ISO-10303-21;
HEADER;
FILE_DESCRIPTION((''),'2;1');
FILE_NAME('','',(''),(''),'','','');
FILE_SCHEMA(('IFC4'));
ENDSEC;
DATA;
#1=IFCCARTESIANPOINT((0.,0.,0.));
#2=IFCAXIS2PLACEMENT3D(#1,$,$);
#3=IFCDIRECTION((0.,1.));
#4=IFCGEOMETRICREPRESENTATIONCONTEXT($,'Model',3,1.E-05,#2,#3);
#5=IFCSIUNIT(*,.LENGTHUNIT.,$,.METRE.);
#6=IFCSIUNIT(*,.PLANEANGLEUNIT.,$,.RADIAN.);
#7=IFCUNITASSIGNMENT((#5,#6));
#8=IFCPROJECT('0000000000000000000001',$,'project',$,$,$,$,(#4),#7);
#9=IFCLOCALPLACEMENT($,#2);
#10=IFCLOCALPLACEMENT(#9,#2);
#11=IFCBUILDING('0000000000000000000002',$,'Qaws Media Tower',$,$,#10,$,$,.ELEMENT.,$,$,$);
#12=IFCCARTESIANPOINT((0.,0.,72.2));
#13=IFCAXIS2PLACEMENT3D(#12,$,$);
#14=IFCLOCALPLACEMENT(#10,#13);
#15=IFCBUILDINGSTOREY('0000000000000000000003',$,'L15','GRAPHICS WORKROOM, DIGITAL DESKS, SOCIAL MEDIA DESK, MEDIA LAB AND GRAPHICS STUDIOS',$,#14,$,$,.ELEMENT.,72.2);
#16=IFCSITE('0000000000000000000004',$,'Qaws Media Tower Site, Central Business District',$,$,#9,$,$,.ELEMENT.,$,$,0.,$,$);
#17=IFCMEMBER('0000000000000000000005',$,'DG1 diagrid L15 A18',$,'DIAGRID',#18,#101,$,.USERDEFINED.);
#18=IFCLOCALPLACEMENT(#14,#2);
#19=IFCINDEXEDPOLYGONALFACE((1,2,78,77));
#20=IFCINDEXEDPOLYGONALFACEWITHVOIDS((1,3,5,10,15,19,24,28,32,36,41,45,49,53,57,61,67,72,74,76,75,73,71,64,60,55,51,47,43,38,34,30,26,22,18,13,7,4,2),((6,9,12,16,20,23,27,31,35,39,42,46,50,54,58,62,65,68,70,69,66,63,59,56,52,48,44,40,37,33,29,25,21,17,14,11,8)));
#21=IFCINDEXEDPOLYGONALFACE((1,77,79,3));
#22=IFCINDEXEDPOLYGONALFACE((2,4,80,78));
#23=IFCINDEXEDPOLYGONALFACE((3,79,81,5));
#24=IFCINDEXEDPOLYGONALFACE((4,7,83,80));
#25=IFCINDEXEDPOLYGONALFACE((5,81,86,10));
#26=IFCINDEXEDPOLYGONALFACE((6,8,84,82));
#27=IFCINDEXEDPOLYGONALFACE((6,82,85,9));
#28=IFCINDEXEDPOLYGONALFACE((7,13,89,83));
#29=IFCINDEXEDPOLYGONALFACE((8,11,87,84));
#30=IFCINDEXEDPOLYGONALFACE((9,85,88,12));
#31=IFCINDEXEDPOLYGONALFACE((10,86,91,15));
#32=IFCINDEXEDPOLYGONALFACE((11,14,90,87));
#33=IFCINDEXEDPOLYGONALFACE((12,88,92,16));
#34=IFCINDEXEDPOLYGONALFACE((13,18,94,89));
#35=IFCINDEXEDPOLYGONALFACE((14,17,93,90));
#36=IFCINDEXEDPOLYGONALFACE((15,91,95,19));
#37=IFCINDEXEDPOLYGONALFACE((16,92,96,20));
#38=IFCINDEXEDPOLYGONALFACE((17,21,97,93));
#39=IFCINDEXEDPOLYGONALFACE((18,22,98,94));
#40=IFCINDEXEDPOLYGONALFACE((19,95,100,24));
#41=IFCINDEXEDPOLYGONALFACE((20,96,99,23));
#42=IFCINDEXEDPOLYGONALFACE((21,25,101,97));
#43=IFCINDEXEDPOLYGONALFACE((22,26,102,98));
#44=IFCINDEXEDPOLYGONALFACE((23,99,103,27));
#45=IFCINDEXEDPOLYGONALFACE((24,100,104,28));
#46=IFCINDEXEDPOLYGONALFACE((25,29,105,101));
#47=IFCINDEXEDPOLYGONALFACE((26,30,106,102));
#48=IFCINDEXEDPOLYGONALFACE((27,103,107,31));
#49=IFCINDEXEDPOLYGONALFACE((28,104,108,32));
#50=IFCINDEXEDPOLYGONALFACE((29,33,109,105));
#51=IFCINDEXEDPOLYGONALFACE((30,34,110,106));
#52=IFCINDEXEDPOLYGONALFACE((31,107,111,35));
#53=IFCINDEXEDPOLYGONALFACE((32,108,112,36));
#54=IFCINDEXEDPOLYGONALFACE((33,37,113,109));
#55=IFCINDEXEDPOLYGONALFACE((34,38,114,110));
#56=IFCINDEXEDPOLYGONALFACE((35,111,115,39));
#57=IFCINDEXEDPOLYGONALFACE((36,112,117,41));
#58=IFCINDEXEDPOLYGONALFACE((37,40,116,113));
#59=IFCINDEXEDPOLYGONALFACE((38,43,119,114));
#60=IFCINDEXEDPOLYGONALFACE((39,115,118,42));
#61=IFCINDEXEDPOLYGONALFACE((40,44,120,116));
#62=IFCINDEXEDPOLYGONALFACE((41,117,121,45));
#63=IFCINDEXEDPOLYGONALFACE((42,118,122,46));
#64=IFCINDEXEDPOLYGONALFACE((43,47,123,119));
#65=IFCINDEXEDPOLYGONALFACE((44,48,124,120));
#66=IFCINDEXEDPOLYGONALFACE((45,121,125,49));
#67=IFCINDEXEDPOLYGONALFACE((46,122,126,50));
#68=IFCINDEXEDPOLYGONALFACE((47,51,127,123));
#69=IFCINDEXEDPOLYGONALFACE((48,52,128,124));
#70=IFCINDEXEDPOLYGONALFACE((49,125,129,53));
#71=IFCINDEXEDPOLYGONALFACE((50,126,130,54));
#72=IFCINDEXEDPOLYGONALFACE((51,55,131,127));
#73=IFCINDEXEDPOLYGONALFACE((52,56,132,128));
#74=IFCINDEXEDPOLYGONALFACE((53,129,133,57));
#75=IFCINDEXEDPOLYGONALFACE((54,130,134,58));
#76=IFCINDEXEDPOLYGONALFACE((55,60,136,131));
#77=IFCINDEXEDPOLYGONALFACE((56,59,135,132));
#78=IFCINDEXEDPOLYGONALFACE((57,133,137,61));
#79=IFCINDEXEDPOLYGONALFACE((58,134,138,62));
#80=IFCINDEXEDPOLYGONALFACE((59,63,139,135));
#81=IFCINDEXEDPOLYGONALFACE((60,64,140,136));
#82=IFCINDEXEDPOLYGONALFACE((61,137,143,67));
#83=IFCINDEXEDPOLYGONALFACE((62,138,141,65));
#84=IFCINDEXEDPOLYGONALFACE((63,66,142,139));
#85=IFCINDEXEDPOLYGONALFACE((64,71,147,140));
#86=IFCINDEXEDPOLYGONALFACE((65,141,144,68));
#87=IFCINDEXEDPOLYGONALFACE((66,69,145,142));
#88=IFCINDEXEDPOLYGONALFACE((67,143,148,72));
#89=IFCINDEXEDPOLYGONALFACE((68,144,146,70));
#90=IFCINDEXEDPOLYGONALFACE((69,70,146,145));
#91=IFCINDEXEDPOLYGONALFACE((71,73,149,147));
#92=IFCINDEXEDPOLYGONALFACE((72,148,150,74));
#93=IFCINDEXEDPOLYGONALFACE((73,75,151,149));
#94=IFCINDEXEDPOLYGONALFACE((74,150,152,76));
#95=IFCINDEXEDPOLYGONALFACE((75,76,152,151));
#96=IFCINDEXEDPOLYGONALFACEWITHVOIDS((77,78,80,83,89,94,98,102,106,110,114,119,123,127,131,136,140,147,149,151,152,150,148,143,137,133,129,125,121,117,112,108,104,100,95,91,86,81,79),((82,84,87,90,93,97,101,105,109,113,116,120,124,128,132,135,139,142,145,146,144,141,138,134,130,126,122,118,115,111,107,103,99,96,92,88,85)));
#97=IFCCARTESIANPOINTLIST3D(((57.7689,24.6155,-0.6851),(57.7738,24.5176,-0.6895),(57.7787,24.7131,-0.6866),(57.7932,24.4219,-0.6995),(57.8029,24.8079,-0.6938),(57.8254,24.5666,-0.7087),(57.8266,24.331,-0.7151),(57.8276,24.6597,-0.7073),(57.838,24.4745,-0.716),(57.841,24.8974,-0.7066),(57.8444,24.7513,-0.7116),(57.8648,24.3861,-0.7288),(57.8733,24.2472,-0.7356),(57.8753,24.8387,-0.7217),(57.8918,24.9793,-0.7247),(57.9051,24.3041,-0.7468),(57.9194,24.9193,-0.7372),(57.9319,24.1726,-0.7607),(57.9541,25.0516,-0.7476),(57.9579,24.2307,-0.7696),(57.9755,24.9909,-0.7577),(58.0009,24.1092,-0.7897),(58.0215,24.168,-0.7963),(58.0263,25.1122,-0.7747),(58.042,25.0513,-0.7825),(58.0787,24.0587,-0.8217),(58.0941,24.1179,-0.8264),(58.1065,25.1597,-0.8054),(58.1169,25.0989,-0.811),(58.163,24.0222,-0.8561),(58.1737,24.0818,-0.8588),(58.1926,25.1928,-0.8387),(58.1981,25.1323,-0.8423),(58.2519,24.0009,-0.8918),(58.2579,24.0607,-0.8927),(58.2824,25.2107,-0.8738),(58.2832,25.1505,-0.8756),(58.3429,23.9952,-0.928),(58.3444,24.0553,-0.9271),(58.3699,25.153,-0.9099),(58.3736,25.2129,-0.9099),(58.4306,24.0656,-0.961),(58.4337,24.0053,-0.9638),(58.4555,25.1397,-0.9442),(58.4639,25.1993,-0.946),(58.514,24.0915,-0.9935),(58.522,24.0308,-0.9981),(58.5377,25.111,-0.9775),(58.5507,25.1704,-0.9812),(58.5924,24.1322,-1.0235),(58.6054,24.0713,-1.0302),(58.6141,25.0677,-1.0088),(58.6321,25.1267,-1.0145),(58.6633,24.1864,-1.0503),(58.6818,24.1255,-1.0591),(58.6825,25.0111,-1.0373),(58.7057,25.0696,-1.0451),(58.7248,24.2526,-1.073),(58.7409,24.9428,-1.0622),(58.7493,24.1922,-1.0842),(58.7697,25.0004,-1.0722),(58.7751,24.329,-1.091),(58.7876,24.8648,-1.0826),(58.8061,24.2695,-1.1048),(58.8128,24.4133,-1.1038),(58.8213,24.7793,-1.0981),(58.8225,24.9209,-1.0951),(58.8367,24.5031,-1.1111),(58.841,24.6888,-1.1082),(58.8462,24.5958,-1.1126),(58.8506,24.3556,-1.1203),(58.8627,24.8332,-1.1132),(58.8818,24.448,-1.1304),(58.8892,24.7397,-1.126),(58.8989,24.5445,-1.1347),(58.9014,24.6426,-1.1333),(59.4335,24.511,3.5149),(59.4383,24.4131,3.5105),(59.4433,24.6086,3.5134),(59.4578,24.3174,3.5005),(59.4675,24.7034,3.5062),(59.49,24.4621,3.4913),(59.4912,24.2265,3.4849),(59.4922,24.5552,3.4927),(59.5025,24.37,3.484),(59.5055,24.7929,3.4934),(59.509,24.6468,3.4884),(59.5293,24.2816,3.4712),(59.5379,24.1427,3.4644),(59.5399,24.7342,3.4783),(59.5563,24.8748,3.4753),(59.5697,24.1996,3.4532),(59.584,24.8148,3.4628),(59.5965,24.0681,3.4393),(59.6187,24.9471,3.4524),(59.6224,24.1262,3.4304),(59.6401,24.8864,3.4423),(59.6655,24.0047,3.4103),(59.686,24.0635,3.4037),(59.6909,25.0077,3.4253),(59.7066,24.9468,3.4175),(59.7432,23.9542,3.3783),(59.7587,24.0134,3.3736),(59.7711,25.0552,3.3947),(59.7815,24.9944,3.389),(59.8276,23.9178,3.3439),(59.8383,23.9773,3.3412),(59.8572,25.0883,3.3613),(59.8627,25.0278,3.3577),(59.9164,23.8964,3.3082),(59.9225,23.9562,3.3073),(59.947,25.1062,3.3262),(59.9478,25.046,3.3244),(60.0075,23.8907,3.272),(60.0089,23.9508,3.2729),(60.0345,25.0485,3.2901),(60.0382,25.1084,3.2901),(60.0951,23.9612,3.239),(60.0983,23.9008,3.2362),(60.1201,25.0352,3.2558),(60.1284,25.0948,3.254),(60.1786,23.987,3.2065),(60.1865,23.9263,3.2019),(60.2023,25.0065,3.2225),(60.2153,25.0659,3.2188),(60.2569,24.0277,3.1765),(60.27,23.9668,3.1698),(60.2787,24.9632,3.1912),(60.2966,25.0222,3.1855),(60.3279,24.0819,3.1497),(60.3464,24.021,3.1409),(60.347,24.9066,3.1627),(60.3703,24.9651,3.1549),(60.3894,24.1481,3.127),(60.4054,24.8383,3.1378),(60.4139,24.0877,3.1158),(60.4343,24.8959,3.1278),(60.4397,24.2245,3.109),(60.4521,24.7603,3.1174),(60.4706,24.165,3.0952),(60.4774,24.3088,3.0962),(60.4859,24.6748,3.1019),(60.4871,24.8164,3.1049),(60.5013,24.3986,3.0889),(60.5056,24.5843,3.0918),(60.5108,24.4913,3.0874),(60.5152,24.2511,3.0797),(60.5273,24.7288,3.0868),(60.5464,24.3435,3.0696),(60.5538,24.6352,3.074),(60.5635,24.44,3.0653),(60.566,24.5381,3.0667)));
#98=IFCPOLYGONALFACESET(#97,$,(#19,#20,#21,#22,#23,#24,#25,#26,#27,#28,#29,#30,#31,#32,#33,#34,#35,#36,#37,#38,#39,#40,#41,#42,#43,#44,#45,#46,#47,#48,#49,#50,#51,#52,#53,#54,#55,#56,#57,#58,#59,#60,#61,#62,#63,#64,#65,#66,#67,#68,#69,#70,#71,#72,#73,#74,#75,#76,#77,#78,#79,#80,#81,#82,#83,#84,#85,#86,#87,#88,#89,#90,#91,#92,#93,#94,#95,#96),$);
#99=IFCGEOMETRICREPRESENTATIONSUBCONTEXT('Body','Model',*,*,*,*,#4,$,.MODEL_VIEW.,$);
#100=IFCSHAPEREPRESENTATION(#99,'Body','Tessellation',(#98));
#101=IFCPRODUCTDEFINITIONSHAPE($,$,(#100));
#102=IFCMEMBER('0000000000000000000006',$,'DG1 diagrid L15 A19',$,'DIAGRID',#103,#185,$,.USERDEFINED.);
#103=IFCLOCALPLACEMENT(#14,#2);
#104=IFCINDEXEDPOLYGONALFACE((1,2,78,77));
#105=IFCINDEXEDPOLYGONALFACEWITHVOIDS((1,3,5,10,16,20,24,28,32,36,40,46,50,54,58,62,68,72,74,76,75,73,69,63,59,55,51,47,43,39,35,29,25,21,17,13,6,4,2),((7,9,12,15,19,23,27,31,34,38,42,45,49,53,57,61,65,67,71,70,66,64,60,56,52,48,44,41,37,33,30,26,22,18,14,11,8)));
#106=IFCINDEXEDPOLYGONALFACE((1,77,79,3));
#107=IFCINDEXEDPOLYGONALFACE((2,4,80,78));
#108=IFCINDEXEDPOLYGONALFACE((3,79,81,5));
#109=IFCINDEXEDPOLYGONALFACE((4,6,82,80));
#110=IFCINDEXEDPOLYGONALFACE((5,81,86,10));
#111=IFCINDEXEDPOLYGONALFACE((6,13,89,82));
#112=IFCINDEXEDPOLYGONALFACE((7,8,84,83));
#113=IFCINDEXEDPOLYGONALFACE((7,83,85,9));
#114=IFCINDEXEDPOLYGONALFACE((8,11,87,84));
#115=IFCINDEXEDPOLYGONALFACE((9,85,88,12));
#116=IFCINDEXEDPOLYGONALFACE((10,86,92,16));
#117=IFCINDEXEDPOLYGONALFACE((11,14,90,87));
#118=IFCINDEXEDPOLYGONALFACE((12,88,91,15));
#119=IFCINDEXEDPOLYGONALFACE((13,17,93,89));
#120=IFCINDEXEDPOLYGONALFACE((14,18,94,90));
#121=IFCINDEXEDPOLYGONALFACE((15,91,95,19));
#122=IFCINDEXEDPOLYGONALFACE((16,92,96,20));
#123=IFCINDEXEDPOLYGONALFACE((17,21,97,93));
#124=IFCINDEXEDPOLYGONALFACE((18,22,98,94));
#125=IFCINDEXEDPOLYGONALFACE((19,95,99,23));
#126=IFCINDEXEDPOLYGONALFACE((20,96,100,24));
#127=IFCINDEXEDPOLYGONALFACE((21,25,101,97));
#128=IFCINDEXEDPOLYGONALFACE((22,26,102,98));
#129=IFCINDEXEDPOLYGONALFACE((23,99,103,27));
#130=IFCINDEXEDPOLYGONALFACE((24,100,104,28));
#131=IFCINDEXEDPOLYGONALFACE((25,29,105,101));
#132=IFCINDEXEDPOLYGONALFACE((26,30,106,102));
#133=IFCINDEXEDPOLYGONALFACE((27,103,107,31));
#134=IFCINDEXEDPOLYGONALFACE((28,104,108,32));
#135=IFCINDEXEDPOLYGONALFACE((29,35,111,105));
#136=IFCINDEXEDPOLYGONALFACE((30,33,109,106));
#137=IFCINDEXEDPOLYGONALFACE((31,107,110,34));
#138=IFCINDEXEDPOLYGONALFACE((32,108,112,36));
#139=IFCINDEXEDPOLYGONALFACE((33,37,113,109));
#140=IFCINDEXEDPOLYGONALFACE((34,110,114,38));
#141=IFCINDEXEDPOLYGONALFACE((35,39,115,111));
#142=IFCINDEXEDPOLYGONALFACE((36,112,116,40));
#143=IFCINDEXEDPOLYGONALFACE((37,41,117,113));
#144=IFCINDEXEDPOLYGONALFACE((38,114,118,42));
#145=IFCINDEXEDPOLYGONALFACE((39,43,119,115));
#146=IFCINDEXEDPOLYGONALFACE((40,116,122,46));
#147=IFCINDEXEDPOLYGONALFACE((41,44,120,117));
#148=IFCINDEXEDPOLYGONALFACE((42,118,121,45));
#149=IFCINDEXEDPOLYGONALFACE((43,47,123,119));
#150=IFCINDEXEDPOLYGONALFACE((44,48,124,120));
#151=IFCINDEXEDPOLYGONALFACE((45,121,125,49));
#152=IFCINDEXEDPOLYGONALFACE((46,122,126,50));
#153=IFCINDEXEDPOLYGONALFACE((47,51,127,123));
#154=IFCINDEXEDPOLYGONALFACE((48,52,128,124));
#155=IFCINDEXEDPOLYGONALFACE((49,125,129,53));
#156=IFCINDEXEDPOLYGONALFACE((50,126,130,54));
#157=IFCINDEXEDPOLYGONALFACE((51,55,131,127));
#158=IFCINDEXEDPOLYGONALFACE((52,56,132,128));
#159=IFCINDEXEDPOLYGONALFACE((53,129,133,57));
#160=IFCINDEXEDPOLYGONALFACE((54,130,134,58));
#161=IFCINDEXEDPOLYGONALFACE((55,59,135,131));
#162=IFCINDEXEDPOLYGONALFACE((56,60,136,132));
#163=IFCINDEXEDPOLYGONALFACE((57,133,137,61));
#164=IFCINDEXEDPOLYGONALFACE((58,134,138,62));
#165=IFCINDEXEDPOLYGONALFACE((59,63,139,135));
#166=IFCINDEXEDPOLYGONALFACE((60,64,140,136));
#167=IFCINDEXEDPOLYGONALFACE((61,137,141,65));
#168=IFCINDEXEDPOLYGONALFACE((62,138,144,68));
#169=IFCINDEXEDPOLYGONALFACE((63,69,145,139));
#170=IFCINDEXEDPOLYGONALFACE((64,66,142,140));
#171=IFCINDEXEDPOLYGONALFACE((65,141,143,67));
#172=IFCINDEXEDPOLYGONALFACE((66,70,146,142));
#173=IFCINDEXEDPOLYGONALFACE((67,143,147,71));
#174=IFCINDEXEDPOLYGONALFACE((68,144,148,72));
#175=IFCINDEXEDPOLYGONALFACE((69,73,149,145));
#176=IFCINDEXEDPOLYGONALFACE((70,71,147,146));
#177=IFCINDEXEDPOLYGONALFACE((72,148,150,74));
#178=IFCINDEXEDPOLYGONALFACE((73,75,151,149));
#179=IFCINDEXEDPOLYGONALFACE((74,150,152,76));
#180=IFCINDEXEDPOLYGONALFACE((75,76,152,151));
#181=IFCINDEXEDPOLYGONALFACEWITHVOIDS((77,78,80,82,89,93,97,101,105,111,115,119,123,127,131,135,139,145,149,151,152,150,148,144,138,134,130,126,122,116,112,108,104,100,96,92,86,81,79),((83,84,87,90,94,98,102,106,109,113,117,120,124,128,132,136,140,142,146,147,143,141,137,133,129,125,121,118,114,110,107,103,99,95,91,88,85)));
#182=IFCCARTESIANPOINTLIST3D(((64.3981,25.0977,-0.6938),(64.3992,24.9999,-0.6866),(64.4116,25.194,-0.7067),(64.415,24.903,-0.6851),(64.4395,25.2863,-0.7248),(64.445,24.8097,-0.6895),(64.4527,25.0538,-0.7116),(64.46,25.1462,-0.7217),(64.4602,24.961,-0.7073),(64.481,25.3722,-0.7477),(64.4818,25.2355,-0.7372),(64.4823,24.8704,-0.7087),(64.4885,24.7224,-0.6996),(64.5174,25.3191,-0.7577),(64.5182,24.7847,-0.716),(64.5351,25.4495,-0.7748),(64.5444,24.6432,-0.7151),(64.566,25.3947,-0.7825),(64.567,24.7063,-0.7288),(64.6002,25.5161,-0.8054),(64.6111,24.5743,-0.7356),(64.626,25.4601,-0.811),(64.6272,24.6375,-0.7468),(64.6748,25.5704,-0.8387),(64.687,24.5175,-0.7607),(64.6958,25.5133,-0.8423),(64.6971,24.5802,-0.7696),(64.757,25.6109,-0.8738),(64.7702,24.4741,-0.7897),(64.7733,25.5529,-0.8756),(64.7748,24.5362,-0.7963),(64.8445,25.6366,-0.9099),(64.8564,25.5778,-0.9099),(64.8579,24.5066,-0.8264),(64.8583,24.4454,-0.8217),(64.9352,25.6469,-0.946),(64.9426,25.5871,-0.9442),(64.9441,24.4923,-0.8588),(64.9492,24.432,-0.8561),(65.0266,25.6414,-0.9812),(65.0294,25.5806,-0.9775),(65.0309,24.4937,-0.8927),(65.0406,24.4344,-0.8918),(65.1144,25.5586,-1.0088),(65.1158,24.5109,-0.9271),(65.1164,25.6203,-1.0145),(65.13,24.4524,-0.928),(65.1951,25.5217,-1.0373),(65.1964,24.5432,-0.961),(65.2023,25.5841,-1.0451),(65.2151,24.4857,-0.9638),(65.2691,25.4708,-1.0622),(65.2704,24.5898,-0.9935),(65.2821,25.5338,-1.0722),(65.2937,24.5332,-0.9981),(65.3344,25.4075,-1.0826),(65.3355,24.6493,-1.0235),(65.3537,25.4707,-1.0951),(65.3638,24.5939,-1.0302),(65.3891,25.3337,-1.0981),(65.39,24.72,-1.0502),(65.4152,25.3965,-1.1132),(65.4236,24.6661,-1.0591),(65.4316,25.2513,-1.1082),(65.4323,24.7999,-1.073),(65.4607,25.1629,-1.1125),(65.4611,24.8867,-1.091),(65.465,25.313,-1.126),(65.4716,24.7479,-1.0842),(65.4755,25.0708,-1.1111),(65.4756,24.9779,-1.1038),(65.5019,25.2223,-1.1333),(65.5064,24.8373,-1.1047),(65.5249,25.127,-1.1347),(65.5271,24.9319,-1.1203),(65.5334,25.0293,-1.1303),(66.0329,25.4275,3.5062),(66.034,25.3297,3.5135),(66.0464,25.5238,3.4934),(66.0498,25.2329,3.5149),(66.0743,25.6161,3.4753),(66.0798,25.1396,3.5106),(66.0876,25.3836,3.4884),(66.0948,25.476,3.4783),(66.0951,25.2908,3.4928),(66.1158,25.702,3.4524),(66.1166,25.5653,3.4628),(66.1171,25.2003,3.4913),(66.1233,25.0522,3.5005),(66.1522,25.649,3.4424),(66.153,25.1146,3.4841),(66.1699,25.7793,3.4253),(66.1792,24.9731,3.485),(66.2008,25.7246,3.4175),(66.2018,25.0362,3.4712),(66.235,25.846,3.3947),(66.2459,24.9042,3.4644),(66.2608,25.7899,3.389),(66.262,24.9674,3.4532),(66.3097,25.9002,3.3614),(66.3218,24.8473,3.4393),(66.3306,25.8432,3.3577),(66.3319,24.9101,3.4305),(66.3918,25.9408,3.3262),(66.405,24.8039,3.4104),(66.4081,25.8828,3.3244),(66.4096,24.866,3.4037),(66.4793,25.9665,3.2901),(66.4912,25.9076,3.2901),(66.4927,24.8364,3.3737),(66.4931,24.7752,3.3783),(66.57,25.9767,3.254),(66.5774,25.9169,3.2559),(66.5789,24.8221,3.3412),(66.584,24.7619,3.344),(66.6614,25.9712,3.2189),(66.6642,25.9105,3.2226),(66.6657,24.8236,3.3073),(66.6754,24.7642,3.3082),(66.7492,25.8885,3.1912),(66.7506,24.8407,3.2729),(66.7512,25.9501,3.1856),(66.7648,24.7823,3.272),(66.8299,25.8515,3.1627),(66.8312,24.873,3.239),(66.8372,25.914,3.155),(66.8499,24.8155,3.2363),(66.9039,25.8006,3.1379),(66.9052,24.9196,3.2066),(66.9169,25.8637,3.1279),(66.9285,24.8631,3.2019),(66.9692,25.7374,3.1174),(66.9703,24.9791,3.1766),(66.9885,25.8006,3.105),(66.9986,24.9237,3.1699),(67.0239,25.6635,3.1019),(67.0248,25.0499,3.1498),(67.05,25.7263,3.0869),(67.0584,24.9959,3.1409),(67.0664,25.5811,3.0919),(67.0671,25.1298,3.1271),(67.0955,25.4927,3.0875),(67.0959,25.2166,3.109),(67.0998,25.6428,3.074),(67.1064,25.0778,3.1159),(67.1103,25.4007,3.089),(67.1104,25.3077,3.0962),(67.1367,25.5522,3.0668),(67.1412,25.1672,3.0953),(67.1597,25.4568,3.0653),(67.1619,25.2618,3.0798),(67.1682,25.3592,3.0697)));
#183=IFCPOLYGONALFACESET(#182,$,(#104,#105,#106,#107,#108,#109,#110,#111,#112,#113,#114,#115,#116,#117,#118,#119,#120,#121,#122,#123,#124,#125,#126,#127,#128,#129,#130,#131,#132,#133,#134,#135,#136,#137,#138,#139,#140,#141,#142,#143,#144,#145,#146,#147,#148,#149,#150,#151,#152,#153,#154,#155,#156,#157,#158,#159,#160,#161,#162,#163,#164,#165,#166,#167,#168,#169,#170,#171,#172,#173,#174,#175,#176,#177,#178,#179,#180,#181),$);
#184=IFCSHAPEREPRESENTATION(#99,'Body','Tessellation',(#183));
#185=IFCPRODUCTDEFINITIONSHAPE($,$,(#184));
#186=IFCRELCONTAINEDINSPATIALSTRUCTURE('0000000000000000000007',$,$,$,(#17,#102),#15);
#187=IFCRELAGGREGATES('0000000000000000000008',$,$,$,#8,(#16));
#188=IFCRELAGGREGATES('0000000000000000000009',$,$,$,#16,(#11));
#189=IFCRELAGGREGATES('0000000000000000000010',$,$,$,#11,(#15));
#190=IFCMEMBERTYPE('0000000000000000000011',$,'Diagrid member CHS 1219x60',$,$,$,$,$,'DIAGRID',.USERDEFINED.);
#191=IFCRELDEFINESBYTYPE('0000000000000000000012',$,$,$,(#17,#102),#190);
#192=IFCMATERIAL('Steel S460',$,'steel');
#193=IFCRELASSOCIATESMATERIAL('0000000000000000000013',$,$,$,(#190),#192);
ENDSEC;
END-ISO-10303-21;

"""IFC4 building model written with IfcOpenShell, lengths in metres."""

from ifc_helpers import new_model, si_unit, direction, frame, origin, origin_2d, place, context, subcontext, project, spatial, hollow_circle, extrude, material, material_profile, profile_set, type_object, element, save


model = new_model("IFC4")

# Units and contexts
model_context = context("Model", 3, precision=1e-05, world=origin(), true_north=direction((0.0, 1.0)))
body_context = subcontext(model_context, "Body", "Model", "MODEL_VIEW")
ifc_project = project(units=[si_unit("LENGTHUNIT", "METRE"), si_unit("PLANEANGLEUNIT", "RADIAN")], contexts=[model_context])

# Site, building, storey
site_placement = place(None, origin())
site = spatial("IfcSite", under=ifc_project, at=site_placement, Name="Qaws Media Tower Site, Central Business District", CompositionType="ELEMENT", RefElevation=0.0)
building_placement = place(site_placement, origin())
building = spatial("IfcBuilding", under=site, at=building_placement, Name="Qaws Media Tower", CompositionType="ELEMENT")
storey_placement = place(building_placement, frame((0.0, 0.0, 72.2)))
storey = spatial("IfcBuildingStorey", under=building, at=storey_placement, Name="L15", Description="GRAPHICS WORKROOM, DIGITAL DESKS, SOCIAL MEDIA DESK, MEDIA LAB AND GRAPHICS STUDIOS", CompositionType="ELEMENT", Elevation=72.2)

# Members
ifc_material_1 = material(Name="Steel S460", Category="steel")
ifc_material_profile_1 = material_profile(ifc_material_1, hollow_circle(Radius=0.6096, WallThickness=0.0601, at=origin_2d()), Name="CHS 1219x60")
ifc_profile_set_1 = profile_set([ifc_material_profile_1], Name="Steel S460")
member_type_1 = type_object("IfcMemberType", Name="Diagrid member CHS 1219x60", ElementType="DIAGRID", PredefinedType="USERDEFINED", material=ifc_profile_set_1)
for number, where, z_axis, x_axis, name in (
    (1, (58.3354, 24.6045, -0.9099), (0.368346, -0.023123, 0.929401), (0.062652, 0.998035, 0.0), "DG1 diagrid L15 A18"),
    (2, (64.9651, 25.0391, -0.9099), (0.361758, 0.072989, 0.92941), (-0.197777, 0.980247, 0.0), "DG1 diagrid L15 A19"),
):
    element("IfcMember", number, at=place(storey_placement, frame(where, z_axis=z_axis, x_axis=x_axis)), inside=storey, type_object=member_type_1, Name=name, ObjectType="DIAGRID", PredefinedType="USERDEFINED", context=body_context, shape_type="SweptSolid", body=[
        extrude(hollow_circle(Radius=0.6096, WallThickness=0.0601, at=origin_2d()), origin(), (0.0, 0.0, 1.0), 4.519),
    ])

save(model, "model.ifc")
